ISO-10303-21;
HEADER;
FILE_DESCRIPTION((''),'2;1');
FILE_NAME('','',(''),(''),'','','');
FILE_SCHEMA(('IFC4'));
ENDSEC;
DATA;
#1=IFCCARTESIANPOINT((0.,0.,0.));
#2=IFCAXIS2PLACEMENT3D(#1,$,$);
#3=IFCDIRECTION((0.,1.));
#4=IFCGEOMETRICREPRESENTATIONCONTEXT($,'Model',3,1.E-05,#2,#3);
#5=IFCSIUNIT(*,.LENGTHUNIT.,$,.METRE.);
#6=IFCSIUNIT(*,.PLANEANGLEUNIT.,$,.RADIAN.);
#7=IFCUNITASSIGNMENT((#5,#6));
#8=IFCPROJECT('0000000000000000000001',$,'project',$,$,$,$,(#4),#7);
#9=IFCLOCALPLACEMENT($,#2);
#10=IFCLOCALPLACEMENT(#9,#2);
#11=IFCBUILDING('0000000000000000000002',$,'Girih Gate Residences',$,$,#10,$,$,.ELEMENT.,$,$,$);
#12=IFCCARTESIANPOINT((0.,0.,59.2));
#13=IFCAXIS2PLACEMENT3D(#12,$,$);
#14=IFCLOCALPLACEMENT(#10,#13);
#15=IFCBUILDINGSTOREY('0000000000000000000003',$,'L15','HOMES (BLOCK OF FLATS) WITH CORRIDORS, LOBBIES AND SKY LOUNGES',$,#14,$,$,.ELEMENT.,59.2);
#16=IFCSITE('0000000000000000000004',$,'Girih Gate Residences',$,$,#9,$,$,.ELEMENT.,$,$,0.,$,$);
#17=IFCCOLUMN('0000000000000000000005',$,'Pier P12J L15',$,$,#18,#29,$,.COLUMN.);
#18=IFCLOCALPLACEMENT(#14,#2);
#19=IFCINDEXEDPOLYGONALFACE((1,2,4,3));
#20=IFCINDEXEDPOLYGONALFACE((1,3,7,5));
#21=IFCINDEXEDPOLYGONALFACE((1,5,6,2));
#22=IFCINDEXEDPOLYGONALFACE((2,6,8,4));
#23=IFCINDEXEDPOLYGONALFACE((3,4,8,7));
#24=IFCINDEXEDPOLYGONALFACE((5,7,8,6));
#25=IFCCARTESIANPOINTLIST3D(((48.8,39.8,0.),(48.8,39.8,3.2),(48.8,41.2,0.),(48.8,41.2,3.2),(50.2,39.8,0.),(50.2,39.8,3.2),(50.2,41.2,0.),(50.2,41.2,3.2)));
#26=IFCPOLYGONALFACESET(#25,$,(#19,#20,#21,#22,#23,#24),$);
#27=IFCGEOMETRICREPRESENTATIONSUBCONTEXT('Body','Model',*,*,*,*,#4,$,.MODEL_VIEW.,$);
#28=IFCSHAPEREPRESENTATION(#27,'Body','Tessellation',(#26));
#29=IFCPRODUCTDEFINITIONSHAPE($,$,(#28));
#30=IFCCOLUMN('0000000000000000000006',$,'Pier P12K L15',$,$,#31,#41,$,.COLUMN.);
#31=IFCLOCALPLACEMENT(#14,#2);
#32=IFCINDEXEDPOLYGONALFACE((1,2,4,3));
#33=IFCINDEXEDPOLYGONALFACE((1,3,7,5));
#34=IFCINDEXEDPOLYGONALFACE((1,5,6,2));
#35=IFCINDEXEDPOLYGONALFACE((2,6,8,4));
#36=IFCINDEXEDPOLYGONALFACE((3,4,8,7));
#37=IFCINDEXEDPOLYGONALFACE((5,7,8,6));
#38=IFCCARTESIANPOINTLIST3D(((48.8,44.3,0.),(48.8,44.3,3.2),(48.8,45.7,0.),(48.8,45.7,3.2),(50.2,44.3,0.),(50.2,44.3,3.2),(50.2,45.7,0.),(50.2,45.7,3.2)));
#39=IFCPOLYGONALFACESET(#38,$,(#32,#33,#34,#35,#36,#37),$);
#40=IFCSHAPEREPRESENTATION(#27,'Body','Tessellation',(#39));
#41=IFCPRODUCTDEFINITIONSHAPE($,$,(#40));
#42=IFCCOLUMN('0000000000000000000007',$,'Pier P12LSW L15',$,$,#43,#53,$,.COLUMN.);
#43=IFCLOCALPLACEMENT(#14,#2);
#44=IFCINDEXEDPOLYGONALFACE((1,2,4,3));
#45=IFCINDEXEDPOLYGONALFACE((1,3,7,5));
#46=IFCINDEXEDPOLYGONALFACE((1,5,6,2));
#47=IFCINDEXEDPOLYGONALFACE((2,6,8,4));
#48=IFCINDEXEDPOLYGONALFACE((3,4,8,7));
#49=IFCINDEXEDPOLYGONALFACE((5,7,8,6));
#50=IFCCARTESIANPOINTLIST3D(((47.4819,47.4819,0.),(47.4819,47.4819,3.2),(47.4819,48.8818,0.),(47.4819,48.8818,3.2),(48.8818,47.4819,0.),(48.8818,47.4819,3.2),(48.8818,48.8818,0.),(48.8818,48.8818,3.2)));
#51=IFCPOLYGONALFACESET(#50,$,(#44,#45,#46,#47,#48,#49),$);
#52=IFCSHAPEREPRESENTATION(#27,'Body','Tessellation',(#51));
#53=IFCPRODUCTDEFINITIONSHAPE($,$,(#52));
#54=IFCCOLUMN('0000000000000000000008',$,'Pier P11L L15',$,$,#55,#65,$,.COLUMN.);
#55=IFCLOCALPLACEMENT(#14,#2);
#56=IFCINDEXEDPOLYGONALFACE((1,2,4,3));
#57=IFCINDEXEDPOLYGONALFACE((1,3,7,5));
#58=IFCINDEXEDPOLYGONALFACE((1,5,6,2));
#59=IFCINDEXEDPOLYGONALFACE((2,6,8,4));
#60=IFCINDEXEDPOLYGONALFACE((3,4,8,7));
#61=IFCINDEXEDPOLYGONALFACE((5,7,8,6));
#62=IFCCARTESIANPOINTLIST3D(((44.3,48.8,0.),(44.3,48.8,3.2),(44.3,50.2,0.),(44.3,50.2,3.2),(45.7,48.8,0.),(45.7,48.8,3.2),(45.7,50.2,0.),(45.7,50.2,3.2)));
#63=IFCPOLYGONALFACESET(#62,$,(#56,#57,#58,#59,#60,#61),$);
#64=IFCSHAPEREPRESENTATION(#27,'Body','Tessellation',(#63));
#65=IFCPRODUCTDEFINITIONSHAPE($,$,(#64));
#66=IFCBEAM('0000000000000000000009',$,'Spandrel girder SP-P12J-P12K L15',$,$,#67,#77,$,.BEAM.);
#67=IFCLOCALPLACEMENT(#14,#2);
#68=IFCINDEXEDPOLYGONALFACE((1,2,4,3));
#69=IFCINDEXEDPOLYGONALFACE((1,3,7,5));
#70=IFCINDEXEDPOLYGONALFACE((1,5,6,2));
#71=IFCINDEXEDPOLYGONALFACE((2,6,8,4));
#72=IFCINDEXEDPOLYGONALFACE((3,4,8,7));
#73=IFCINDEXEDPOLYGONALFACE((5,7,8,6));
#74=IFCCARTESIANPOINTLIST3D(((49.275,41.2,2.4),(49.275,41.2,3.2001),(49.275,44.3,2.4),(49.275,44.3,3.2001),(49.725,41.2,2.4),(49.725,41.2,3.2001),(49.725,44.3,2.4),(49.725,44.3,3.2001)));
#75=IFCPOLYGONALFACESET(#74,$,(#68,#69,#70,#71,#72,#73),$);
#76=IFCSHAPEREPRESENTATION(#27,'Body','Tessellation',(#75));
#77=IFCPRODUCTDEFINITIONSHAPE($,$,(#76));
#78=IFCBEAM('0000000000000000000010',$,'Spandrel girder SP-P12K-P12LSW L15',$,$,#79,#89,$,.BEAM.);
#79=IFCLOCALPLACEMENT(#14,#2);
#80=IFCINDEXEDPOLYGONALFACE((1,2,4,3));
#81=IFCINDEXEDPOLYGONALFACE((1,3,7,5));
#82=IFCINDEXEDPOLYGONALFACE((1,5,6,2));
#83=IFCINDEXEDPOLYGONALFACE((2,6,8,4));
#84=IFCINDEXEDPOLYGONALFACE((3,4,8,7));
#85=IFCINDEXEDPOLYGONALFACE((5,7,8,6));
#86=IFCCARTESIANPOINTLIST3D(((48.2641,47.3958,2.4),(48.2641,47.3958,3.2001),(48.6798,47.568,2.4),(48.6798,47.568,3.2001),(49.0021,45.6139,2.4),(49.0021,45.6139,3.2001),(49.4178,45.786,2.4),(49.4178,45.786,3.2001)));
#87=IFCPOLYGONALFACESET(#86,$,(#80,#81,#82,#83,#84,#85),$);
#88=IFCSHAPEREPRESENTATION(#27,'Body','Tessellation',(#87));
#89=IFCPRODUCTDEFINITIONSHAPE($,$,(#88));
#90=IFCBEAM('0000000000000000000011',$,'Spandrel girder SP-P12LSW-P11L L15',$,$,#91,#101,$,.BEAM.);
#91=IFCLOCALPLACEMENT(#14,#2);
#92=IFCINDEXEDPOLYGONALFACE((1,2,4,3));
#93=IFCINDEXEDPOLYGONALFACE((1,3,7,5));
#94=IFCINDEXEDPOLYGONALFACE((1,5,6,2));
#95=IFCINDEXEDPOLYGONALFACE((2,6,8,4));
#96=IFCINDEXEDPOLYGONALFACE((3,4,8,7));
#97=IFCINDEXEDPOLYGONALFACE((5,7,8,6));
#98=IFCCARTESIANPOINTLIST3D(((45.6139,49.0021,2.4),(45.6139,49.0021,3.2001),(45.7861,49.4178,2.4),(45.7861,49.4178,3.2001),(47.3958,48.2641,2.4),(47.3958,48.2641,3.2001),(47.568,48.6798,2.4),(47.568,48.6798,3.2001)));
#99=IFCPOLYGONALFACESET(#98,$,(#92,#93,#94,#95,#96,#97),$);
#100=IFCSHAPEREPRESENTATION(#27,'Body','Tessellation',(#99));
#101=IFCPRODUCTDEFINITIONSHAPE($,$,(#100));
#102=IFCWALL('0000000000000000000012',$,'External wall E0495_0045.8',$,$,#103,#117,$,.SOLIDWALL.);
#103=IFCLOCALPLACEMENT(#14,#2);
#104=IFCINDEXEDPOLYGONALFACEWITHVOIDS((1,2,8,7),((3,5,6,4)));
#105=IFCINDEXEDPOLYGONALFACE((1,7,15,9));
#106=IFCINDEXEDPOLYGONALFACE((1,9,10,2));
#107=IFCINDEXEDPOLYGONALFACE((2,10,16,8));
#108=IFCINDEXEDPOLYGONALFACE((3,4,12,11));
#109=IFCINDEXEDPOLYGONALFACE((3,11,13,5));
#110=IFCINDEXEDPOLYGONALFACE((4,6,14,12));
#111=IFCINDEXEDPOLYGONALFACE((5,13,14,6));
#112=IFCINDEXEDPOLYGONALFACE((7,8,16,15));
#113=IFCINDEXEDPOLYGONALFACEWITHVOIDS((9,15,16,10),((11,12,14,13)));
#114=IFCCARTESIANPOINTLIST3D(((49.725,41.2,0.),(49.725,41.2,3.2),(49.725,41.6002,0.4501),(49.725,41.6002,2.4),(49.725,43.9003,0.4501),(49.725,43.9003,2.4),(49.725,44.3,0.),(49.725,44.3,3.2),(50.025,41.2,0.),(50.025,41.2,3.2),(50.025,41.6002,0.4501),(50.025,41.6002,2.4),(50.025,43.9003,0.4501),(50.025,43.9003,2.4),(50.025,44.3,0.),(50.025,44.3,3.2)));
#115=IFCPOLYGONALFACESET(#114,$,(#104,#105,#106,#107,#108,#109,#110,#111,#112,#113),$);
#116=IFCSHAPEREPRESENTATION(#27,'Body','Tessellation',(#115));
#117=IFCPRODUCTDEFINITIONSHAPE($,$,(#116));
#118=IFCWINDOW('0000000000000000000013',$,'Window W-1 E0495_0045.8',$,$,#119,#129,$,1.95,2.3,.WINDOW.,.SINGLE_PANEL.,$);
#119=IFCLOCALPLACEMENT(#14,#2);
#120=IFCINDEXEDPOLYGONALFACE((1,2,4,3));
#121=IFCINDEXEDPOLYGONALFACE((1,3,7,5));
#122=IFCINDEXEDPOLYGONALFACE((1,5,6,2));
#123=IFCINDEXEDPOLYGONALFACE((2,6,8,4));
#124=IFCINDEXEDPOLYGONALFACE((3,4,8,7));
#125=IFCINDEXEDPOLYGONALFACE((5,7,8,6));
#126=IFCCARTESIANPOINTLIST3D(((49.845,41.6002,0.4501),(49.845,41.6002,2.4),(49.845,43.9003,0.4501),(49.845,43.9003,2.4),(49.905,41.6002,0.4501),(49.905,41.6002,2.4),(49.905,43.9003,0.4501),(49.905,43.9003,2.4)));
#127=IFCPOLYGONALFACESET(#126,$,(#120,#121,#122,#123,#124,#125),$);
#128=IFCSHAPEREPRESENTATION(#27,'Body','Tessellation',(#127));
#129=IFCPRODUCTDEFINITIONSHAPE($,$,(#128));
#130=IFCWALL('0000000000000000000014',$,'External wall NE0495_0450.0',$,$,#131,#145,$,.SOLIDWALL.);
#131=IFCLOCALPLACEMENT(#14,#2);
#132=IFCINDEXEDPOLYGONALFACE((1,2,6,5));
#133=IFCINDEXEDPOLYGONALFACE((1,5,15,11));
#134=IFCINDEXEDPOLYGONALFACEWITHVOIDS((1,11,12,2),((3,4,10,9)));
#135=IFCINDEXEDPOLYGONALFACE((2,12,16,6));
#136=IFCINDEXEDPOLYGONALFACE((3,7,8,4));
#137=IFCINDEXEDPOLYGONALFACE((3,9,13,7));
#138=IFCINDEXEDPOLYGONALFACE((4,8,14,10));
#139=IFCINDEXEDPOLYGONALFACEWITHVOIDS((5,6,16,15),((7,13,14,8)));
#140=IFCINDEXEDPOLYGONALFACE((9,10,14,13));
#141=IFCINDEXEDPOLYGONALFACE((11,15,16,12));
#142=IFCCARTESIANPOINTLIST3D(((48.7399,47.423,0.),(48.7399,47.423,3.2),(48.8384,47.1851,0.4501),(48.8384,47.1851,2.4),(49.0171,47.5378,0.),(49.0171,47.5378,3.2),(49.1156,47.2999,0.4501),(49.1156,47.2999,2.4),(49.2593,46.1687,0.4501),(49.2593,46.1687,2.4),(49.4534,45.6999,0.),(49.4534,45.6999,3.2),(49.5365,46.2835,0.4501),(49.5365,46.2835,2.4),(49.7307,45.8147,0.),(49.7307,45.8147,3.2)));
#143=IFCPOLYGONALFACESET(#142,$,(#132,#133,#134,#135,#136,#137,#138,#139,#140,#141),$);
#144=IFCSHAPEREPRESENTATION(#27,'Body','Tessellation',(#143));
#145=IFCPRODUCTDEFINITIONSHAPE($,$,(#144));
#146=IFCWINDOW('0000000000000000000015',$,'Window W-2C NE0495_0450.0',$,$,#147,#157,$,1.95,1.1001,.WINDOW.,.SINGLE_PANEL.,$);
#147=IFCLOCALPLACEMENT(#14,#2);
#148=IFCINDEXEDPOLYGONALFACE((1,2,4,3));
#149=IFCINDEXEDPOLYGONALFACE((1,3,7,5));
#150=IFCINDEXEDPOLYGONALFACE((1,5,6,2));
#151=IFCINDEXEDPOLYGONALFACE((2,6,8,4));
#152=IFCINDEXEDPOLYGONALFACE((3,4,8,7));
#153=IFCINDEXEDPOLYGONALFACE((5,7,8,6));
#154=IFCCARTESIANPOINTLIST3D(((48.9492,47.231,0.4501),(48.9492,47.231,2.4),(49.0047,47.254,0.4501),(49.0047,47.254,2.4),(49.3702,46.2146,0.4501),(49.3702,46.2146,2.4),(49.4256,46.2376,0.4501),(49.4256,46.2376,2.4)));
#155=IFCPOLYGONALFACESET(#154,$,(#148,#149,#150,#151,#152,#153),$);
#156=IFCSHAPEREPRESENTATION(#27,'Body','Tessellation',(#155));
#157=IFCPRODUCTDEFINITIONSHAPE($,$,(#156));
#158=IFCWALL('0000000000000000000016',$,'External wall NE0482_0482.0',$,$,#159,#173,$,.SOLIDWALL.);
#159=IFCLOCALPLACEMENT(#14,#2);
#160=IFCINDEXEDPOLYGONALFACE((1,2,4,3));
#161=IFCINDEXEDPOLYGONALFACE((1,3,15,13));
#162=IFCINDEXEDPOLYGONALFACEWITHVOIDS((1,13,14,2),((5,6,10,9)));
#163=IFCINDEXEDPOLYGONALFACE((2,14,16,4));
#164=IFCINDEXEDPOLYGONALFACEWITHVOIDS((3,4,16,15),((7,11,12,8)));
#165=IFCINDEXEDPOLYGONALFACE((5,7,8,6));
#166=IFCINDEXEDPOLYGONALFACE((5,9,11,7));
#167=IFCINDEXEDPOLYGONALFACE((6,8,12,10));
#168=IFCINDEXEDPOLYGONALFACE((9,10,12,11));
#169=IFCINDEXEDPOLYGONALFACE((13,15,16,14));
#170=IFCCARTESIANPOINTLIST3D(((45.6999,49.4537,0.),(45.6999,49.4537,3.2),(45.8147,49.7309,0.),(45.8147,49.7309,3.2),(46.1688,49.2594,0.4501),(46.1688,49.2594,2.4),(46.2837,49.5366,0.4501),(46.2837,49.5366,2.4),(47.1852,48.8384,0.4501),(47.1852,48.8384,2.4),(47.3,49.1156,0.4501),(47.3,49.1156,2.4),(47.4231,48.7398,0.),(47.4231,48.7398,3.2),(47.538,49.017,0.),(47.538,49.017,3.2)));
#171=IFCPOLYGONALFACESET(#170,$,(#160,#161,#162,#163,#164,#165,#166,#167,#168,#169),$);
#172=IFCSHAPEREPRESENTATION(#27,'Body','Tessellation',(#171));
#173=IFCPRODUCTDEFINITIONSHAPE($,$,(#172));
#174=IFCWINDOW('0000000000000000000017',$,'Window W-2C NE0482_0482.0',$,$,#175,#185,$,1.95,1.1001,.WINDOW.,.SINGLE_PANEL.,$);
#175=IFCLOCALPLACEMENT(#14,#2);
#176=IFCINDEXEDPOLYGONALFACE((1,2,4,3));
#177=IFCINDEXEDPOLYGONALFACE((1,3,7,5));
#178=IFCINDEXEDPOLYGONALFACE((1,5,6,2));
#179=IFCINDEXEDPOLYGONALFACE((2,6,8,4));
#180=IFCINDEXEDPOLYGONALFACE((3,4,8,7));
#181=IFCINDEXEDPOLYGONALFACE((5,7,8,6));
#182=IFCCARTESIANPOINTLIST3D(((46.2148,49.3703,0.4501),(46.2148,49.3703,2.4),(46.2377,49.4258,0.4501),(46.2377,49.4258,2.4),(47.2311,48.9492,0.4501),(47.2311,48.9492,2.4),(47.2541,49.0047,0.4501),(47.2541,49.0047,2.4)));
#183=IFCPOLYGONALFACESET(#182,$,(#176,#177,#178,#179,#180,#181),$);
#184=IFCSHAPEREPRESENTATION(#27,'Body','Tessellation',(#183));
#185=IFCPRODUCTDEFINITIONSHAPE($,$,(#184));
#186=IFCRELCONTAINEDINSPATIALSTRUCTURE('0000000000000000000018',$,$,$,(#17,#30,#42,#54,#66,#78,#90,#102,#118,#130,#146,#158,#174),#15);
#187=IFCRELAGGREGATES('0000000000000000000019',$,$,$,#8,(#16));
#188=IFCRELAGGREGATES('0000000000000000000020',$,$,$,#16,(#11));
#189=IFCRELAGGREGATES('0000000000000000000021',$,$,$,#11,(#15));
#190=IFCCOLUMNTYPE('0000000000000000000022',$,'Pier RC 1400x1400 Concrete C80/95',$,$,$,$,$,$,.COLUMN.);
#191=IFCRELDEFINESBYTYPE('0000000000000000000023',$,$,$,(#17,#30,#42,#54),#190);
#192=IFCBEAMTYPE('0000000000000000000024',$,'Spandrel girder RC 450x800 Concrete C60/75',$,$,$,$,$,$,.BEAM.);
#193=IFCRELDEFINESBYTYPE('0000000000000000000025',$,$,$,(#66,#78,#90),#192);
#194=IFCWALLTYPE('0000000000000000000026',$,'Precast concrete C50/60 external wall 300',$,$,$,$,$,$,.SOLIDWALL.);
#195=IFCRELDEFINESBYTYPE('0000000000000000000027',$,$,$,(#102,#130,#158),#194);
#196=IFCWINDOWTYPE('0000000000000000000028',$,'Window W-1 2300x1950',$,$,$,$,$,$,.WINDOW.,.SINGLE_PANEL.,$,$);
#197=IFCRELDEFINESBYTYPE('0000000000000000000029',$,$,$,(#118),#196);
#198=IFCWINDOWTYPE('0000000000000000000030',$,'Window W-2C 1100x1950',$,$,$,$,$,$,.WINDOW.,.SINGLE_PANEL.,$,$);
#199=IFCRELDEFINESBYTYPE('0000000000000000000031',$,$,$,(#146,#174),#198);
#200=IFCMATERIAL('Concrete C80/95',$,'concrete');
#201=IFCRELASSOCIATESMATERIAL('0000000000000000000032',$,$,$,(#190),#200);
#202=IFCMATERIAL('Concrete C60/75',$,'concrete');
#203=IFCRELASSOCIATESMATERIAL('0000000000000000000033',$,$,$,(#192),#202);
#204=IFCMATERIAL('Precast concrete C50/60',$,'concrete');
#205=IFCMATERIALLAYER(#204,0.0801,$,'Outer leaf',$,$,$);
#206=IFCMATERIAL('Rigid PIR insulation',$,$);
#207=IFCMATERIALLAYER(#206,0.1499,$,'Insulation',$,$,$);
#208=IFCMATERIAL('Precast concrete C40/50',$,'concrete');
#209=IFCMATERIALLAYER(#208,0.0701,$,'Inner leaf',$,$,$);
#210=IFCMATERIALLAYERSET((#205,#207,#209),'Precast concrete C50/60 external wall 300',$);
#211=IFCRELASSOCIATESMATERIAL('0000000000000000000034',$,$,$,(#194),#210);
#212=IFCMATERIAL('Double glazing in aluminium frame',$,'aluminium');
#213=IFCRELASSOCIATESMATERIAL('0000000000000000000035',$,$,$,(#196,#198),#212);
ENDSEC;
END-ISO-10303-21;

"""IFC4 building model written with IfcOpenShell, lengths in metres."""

from ifc_helpers import new_model, si_unit, direction, frame, frame_2d, origin, origin_2d, place, context, subcontext, project, spatial, rectangle, extrude, material, layer, layer_set, material_profile, profile_set, type_object, element, fill, save


model = new_model("IFC4")

# Units and contexts
model_context = context("Model", 3, precision=1e-05, world=origin(), true_north=direction((0.0, 1.0)))
body_context = subcontext(model_context, "Body", "Model", "MODEL_VIEW")
ifc_project = project(units=[si_unit("LENGTHUNIT", "METRE"), si_unit("PLANEANGLEUNIT", "RADIAN")], contexts=[model_context])

# Site, building, storey
site_placement = place(None, origin())
site = spatial("IfcSite", under=ifc_project, at=site_placement, Name="Girih Gate Residences", CompositionType="ELEMENT", RefElevation=0.0)
building_placement = place(site_placement, origin())
building = spatial("IfcBuilding", under=site, at=building_placement, Name="Girih Gate Residences", CompositionType="ELEMENT")
storey_placement = place(building_placement, frame((0.0, 0.0, 59.2)))
storey = spatial("IfcBuildingStorey", under=building, at=storey_placement, Name="L15", Description="HOMES (BLOCK OF FLATS) WITH CORRIDORS, LOBBIES AND SKY LOUNGES", CompositionType="ELEMENT", Elevation=59.2)

# Columns
ifc_material_1 = material(Name="Concrete C80/95", Category="concrete")
ifc_material_profile_1 = material_profile(ifc_material_1, rectangle(XDim=1.3999, YDim=1.3999, at=origin_2d()))
ifc_profile_set_1 = profile_set([ifc_material_profile_1], Name="Concrete C80/95")
column_type = type_object("IfcColumnType", Name="Pier RC 1400x1400 Concrete C80/95", PredefinedType="COLUMN", material=ifc_profile_set_1)
for number, where, z_axis, x_axis, name in (
    (1, (49.5, 40.5, 0.0), (0.0, 0.0, 1.0), (1.0, 0.0, 0.0), "Pier P12J L15"),
    (2, (49.5, 45.0, 0.0), (0.0, 0.0, 1.0), (1.0, 0.0, 0.0), "Pier P12K L15"),
    (3, (48.1819, 48.1819, 0.0), (0.0, 0.0, 1.0), (1.0, 0.0, 0.0), "Pier P12LSW L15"),
    (4, (45.0, 49.5, 0.0), (0.0, 0.0, 1.0), (1.0, 0.0, 0.0), "Pier P11L L15"),
):
    element("IfcColumn", number, at=place(storey_placement, frame(where, z_axis=z_axis, x_axis=x_axis)), inside=storey, type_object=column_type, Name=name, PredefinedType="COLUMN", context=body_context, shape_type="SweptSolid", body=[
        extrude(rectangle(XDim=1.3999, YDim=1.3999, at=origin_2d()), origin(), (0.0, 0.0, 1.0), 3.2),
    ])

# Beams
ifc_material_2 = material(Name="Concrete C60/75", Category="concrete")
ifc_material_profile_2 = material_profile(ifc_material_2, rectangle(XDim=0.45, YDim=0.8, at=origin_2d()))
ifc_profile_set_2 = profile_set([ifc_material_profile_2], Name="Concrete C60/75")
beam_type = type_object("IfcBeamType", Name="Spandrel girder RC 450x800 Concrete C60/75", PredefinedType="BEAM", material=ifc_profile_set_2)
beam_placement = place(storey_placement, frame((49.5, 41.2, 2.8), z_axis=(0.0, 1.0, 0.0), x_axis=(-1.0, 0.0, 0.0)))
element("IfcBeam", 5, at=beam_placement, inside=storey, type_object=beam_type, Name="Spandrel girder SP-P12J-P12K L15", PredefinedType="BEAM", context=body_context, shape_type="SweptSolid", body=[
    extrude(rectangle(XDim=0.45, YDim=0.8, at=origin_2d()), origin(), (0.0, 0.0, 1.0), 3.1001),
])
for number, where, z_axis, x_axis, name in (
    (6, (49.21, 45.7, 2.8), (-0.382646, 0.923895, 0.0), (-0.923895, -0.382646, 0.0), "Spandrel girder SP-P12K-P12LSW L15"),
    (7, (47.4819, 48.4719, 2.8), (-0.923895, 0.382646, 0.0), (-0.382646, -0.923895, 0.0), "Spandrel girder SP-P12LSW-P11L L15"),
):
    element("IfcBeam", number, at=place(storey_placement, frame(where, z_axis=z_axis, x_axis=x_axis)), inside=storey, type_object=beam_type, Name=name, PredefinedType="BEAM", context=body_context, shape_type="SweptSolid", body=[
        extrude(rectangle(XDim=0.45, YDim=0.8, at=origin_2d()), origin(), (0.0, 0.0, 1.0), 1.9287),
    ])

# Walls, openings, windows
ifc_material_3 = material(Name="Precast concrete C50/60", Category="concrete")
ifc_layer_1 = layer(ifc_material_3, 0.0801, Name="Outer leaf")
ifc_material_4 = material(Name="Rigid PIR insulation")
ifc_layer_2 = layer(ifc_material_4, 0.1499, Name="Insulation")
ifc_material_5 = material(Name="Precast concrete C40/50", Category="concrete")
ifc_layer_3 = layer(ifc_material_5, 0.0701, Name="Inner leaf")
ifc_layer_set = layer_set([ifc_layer_1, ifc_layer_2, ifc_layer_3], Name="Precast concrete C50/60 external wall 300")
wall_type = type_object("IfcWallType", Name="Precast concrete C50/60 external wall 300", PredefinedType="SOLIDWALL", material=ifc_layer_set)
wall_1_placement = place(storey_placement, frame((49.875, 44.3, 0.0), z_axis=(0.0, 0.0, 1.0), x_axis=(0.0, -1.0, 0.0)))
wall_1 = element("IfcWall", 8, at=wall_1_placement, inside=storey, type_object=wall_type, Name="External wall E0495_0045.8", PredefinedType="SOLIDWALL", context=body_context, shape_type="SweptSolid", body=[
    extrude(rectangle(XDim=3.1001, YDim=0.3, at=frame_2d((1.55, 0.0))), origin(), (0.0, 0.0, 1.0), 3.2),
])
opening_1_placement = place(wall_1_placement, frame((0.3999, 0.0, 0.45)))
opening_1 = element("IfcOpeningElement", 9, at=opening_1_placement, cuts=wall_1, PredefinedType="OPENING", context=body_context, shape_type="SweptSolid", body=[
    extrude(rectangle(XDim=2.3, YDim=1.95, at=frame_2d((1.1499, 0.9751))), frame((0.0, 0.1599, 0.0), z_axis=(0.0, -1.0, 0.0), x_axis=(1.0, 0.0, 0.0)), (0.0, 0.0, 1.0), 0.3201),
])
ifc_material_6 = material(Name="Double glazing in aluminium frame", Category="aluminium")
window_type_1 = type_object("IfcWindowType", Name="Window W-1 2300x1950", PartitioningType="SINGLE_PANEL", PredefinedType="WINDOW", material=ifc_material_6)
window_1_placement = place(opening_1_placement, origin())
window_1 = element("IfcWindow", 10, at=window_1_placement, inside=storey, type_object=window_type_1, Name="Window W-1 E0495_0045.8", OverallHeight=1.95, OverallWidth=2.3, PartitioningType="SINGLE_PANEL", PredefinedType="WINDOW", context=body_context, shape_type="SweptSolid", body=[
    extrude(rectangle(XDim=2.3, YDim=1.95, at=frame_2d((1.1499, 0.9751))), frame((0.0, 0.03, 0.0), z_axis=(0.0, -1.0, 0.0), x_axis=(1.0, 0.0, 0.0)), (0.0, 0.0, 1.0), 0.0601),
])
fill(opening_1, window_1)
wall_2_placement = place(storey_placement, frame((48.8784, 47.4805, 0.0), z_axis=(0.0, 0.0, 1.0), x_axis=(0.382625, -0.923904, 0.0)))
wall_2 = element("IfcWall", 11, at=wall_2_placement, inside=storey, type_object=wall_type, Name="External wall NE0495_0450.0", PredefinedType="SOLIDWALL", context=body_context, shape_type="SweptSolid", body=[
    extrude(rectangle(XDim=1.865, YDim=0.3, at=frame_2d((0.9326, 0.0))), origin(), (0.0, 0.0, 1.0), 3.2),
])
opening_2_placement = place(wall_2_placement, frame((0.2576, 0.0, 0.45)))
opening_2 = element("IfcOpeningElement", 12, at=opening_2_placement, cuts=wall_2, PredefinedType="OPENING", context=body_context, shape_type="SweptSolid", body=[
    extrude(rectangle(XDim=1.1001, YDim=1.95, at=frame_2d((0.55, 0.9751))), frame((0.0, 0.1599, 0.0), z_axis=(0.0, -1.0, 0.0), x_axis=(1.0, 0.0, 0.0)), (0.0, 0.0, 1.0), 0.3201),
])
window_type_2 = type_object("IfcWindowType", Name="Window W-2C 1100x1950", PartitioningType="SINGLE_PANEL", PredefinedType="WINDOW", material=ifc_material_6)
window_2_placement = place(opening_2_placement, origin())
window_2 = element("IfcWindow", 13, at=window_2_placement, inside=storey, type_object=window_type_2, Name="Window W-2C NE0495_0450.0", OverallHeight=1.95, OverallWidth=1.1001, PartitioningType="SINGLE_PANEL", PredefinedType="WINDOW", context=body_context, shape_type="SweptSolid", body=[
    extrude(rectangle(XDim=1.1001, YDim=1.95, at=frame_2d((0.55, 0.9751))), frame((0.0, 0.03, 0.0), z_axis=(0.0, -1.0, 0.0), x_axis=(1.0, 0.0, 0.0)), (0.0, 0.0, 1.0), 0.0601),
])
fill(opening_2, window_2)
wall_3_placement = place(storey_placement, frame((45.7573, 49.5923, 0.0), z_axis=(0.0, 0.0, 1.0), x_axis=(0.923857, -0.382737, 0.0)))
wall_3 = element("IfcWall", 14, at=wall_3_placement, inside=storey, type_object=wall_type, Name="External wall NE0482_0482.0", PredefinedType="SOLIDWALL", context=body_context, shape_type="SweptSolid", body=[
    extrude(rectangle(XDim=1.8652, YDim=0.3, at=frame_2d((0.9326, 0.0))), origin(), (0.0, 0.0, 1.0), 3.2),
])
opening_3_placement = place(wall_3_placement, frame((0.5076, 0.0, 0.45)))
opening_3 = element("IfcOpeningElement", 15, at=opening_3_placement, cuts=wall_3, PredefinedType="OPENING", context=body_context, shape_type="SweptSolid", body=[
    extrude(rectangle(XDim=1.1001, YDim=1.95, at=frame_2d((0.55, 0.9751))), frame((0.0, 0.1599, 0.0), z_axis=(0.0, -1.0, 0.0), x_axis=(1.0, 0.0, 0.0)), (0.0, 0.0, 1.0), 0.3201),
])
window_3_placement = place(opening_3_placement, origin())
window_3 = element("IfcWindow", 16, at=window_3_placement, inside=storey, type_object=window_type_2, Name="Window W-2C NE0482_0482.0", OverallHeight=1.95, OverallWidth=1.1001, PartitioningType="SINGLE_PANEL", PredefinedType="WINDOW", context=body_context, shape_type="SweptSolid", body=[
    extrude(rectangle(XDim=1.1001, YDim=1.95, at=frame_2d((0.55, 0.9751))), frame((0.0, 0.03, 0.0), z_axis=(0.0, -1.0, 0.0), x_axis=(1.0, 0.0, 0.0)), (0.0, 0.0, 1.0), 0.0601),
])
fill(opening_3, window_3)

save(model, "model.ifc")
